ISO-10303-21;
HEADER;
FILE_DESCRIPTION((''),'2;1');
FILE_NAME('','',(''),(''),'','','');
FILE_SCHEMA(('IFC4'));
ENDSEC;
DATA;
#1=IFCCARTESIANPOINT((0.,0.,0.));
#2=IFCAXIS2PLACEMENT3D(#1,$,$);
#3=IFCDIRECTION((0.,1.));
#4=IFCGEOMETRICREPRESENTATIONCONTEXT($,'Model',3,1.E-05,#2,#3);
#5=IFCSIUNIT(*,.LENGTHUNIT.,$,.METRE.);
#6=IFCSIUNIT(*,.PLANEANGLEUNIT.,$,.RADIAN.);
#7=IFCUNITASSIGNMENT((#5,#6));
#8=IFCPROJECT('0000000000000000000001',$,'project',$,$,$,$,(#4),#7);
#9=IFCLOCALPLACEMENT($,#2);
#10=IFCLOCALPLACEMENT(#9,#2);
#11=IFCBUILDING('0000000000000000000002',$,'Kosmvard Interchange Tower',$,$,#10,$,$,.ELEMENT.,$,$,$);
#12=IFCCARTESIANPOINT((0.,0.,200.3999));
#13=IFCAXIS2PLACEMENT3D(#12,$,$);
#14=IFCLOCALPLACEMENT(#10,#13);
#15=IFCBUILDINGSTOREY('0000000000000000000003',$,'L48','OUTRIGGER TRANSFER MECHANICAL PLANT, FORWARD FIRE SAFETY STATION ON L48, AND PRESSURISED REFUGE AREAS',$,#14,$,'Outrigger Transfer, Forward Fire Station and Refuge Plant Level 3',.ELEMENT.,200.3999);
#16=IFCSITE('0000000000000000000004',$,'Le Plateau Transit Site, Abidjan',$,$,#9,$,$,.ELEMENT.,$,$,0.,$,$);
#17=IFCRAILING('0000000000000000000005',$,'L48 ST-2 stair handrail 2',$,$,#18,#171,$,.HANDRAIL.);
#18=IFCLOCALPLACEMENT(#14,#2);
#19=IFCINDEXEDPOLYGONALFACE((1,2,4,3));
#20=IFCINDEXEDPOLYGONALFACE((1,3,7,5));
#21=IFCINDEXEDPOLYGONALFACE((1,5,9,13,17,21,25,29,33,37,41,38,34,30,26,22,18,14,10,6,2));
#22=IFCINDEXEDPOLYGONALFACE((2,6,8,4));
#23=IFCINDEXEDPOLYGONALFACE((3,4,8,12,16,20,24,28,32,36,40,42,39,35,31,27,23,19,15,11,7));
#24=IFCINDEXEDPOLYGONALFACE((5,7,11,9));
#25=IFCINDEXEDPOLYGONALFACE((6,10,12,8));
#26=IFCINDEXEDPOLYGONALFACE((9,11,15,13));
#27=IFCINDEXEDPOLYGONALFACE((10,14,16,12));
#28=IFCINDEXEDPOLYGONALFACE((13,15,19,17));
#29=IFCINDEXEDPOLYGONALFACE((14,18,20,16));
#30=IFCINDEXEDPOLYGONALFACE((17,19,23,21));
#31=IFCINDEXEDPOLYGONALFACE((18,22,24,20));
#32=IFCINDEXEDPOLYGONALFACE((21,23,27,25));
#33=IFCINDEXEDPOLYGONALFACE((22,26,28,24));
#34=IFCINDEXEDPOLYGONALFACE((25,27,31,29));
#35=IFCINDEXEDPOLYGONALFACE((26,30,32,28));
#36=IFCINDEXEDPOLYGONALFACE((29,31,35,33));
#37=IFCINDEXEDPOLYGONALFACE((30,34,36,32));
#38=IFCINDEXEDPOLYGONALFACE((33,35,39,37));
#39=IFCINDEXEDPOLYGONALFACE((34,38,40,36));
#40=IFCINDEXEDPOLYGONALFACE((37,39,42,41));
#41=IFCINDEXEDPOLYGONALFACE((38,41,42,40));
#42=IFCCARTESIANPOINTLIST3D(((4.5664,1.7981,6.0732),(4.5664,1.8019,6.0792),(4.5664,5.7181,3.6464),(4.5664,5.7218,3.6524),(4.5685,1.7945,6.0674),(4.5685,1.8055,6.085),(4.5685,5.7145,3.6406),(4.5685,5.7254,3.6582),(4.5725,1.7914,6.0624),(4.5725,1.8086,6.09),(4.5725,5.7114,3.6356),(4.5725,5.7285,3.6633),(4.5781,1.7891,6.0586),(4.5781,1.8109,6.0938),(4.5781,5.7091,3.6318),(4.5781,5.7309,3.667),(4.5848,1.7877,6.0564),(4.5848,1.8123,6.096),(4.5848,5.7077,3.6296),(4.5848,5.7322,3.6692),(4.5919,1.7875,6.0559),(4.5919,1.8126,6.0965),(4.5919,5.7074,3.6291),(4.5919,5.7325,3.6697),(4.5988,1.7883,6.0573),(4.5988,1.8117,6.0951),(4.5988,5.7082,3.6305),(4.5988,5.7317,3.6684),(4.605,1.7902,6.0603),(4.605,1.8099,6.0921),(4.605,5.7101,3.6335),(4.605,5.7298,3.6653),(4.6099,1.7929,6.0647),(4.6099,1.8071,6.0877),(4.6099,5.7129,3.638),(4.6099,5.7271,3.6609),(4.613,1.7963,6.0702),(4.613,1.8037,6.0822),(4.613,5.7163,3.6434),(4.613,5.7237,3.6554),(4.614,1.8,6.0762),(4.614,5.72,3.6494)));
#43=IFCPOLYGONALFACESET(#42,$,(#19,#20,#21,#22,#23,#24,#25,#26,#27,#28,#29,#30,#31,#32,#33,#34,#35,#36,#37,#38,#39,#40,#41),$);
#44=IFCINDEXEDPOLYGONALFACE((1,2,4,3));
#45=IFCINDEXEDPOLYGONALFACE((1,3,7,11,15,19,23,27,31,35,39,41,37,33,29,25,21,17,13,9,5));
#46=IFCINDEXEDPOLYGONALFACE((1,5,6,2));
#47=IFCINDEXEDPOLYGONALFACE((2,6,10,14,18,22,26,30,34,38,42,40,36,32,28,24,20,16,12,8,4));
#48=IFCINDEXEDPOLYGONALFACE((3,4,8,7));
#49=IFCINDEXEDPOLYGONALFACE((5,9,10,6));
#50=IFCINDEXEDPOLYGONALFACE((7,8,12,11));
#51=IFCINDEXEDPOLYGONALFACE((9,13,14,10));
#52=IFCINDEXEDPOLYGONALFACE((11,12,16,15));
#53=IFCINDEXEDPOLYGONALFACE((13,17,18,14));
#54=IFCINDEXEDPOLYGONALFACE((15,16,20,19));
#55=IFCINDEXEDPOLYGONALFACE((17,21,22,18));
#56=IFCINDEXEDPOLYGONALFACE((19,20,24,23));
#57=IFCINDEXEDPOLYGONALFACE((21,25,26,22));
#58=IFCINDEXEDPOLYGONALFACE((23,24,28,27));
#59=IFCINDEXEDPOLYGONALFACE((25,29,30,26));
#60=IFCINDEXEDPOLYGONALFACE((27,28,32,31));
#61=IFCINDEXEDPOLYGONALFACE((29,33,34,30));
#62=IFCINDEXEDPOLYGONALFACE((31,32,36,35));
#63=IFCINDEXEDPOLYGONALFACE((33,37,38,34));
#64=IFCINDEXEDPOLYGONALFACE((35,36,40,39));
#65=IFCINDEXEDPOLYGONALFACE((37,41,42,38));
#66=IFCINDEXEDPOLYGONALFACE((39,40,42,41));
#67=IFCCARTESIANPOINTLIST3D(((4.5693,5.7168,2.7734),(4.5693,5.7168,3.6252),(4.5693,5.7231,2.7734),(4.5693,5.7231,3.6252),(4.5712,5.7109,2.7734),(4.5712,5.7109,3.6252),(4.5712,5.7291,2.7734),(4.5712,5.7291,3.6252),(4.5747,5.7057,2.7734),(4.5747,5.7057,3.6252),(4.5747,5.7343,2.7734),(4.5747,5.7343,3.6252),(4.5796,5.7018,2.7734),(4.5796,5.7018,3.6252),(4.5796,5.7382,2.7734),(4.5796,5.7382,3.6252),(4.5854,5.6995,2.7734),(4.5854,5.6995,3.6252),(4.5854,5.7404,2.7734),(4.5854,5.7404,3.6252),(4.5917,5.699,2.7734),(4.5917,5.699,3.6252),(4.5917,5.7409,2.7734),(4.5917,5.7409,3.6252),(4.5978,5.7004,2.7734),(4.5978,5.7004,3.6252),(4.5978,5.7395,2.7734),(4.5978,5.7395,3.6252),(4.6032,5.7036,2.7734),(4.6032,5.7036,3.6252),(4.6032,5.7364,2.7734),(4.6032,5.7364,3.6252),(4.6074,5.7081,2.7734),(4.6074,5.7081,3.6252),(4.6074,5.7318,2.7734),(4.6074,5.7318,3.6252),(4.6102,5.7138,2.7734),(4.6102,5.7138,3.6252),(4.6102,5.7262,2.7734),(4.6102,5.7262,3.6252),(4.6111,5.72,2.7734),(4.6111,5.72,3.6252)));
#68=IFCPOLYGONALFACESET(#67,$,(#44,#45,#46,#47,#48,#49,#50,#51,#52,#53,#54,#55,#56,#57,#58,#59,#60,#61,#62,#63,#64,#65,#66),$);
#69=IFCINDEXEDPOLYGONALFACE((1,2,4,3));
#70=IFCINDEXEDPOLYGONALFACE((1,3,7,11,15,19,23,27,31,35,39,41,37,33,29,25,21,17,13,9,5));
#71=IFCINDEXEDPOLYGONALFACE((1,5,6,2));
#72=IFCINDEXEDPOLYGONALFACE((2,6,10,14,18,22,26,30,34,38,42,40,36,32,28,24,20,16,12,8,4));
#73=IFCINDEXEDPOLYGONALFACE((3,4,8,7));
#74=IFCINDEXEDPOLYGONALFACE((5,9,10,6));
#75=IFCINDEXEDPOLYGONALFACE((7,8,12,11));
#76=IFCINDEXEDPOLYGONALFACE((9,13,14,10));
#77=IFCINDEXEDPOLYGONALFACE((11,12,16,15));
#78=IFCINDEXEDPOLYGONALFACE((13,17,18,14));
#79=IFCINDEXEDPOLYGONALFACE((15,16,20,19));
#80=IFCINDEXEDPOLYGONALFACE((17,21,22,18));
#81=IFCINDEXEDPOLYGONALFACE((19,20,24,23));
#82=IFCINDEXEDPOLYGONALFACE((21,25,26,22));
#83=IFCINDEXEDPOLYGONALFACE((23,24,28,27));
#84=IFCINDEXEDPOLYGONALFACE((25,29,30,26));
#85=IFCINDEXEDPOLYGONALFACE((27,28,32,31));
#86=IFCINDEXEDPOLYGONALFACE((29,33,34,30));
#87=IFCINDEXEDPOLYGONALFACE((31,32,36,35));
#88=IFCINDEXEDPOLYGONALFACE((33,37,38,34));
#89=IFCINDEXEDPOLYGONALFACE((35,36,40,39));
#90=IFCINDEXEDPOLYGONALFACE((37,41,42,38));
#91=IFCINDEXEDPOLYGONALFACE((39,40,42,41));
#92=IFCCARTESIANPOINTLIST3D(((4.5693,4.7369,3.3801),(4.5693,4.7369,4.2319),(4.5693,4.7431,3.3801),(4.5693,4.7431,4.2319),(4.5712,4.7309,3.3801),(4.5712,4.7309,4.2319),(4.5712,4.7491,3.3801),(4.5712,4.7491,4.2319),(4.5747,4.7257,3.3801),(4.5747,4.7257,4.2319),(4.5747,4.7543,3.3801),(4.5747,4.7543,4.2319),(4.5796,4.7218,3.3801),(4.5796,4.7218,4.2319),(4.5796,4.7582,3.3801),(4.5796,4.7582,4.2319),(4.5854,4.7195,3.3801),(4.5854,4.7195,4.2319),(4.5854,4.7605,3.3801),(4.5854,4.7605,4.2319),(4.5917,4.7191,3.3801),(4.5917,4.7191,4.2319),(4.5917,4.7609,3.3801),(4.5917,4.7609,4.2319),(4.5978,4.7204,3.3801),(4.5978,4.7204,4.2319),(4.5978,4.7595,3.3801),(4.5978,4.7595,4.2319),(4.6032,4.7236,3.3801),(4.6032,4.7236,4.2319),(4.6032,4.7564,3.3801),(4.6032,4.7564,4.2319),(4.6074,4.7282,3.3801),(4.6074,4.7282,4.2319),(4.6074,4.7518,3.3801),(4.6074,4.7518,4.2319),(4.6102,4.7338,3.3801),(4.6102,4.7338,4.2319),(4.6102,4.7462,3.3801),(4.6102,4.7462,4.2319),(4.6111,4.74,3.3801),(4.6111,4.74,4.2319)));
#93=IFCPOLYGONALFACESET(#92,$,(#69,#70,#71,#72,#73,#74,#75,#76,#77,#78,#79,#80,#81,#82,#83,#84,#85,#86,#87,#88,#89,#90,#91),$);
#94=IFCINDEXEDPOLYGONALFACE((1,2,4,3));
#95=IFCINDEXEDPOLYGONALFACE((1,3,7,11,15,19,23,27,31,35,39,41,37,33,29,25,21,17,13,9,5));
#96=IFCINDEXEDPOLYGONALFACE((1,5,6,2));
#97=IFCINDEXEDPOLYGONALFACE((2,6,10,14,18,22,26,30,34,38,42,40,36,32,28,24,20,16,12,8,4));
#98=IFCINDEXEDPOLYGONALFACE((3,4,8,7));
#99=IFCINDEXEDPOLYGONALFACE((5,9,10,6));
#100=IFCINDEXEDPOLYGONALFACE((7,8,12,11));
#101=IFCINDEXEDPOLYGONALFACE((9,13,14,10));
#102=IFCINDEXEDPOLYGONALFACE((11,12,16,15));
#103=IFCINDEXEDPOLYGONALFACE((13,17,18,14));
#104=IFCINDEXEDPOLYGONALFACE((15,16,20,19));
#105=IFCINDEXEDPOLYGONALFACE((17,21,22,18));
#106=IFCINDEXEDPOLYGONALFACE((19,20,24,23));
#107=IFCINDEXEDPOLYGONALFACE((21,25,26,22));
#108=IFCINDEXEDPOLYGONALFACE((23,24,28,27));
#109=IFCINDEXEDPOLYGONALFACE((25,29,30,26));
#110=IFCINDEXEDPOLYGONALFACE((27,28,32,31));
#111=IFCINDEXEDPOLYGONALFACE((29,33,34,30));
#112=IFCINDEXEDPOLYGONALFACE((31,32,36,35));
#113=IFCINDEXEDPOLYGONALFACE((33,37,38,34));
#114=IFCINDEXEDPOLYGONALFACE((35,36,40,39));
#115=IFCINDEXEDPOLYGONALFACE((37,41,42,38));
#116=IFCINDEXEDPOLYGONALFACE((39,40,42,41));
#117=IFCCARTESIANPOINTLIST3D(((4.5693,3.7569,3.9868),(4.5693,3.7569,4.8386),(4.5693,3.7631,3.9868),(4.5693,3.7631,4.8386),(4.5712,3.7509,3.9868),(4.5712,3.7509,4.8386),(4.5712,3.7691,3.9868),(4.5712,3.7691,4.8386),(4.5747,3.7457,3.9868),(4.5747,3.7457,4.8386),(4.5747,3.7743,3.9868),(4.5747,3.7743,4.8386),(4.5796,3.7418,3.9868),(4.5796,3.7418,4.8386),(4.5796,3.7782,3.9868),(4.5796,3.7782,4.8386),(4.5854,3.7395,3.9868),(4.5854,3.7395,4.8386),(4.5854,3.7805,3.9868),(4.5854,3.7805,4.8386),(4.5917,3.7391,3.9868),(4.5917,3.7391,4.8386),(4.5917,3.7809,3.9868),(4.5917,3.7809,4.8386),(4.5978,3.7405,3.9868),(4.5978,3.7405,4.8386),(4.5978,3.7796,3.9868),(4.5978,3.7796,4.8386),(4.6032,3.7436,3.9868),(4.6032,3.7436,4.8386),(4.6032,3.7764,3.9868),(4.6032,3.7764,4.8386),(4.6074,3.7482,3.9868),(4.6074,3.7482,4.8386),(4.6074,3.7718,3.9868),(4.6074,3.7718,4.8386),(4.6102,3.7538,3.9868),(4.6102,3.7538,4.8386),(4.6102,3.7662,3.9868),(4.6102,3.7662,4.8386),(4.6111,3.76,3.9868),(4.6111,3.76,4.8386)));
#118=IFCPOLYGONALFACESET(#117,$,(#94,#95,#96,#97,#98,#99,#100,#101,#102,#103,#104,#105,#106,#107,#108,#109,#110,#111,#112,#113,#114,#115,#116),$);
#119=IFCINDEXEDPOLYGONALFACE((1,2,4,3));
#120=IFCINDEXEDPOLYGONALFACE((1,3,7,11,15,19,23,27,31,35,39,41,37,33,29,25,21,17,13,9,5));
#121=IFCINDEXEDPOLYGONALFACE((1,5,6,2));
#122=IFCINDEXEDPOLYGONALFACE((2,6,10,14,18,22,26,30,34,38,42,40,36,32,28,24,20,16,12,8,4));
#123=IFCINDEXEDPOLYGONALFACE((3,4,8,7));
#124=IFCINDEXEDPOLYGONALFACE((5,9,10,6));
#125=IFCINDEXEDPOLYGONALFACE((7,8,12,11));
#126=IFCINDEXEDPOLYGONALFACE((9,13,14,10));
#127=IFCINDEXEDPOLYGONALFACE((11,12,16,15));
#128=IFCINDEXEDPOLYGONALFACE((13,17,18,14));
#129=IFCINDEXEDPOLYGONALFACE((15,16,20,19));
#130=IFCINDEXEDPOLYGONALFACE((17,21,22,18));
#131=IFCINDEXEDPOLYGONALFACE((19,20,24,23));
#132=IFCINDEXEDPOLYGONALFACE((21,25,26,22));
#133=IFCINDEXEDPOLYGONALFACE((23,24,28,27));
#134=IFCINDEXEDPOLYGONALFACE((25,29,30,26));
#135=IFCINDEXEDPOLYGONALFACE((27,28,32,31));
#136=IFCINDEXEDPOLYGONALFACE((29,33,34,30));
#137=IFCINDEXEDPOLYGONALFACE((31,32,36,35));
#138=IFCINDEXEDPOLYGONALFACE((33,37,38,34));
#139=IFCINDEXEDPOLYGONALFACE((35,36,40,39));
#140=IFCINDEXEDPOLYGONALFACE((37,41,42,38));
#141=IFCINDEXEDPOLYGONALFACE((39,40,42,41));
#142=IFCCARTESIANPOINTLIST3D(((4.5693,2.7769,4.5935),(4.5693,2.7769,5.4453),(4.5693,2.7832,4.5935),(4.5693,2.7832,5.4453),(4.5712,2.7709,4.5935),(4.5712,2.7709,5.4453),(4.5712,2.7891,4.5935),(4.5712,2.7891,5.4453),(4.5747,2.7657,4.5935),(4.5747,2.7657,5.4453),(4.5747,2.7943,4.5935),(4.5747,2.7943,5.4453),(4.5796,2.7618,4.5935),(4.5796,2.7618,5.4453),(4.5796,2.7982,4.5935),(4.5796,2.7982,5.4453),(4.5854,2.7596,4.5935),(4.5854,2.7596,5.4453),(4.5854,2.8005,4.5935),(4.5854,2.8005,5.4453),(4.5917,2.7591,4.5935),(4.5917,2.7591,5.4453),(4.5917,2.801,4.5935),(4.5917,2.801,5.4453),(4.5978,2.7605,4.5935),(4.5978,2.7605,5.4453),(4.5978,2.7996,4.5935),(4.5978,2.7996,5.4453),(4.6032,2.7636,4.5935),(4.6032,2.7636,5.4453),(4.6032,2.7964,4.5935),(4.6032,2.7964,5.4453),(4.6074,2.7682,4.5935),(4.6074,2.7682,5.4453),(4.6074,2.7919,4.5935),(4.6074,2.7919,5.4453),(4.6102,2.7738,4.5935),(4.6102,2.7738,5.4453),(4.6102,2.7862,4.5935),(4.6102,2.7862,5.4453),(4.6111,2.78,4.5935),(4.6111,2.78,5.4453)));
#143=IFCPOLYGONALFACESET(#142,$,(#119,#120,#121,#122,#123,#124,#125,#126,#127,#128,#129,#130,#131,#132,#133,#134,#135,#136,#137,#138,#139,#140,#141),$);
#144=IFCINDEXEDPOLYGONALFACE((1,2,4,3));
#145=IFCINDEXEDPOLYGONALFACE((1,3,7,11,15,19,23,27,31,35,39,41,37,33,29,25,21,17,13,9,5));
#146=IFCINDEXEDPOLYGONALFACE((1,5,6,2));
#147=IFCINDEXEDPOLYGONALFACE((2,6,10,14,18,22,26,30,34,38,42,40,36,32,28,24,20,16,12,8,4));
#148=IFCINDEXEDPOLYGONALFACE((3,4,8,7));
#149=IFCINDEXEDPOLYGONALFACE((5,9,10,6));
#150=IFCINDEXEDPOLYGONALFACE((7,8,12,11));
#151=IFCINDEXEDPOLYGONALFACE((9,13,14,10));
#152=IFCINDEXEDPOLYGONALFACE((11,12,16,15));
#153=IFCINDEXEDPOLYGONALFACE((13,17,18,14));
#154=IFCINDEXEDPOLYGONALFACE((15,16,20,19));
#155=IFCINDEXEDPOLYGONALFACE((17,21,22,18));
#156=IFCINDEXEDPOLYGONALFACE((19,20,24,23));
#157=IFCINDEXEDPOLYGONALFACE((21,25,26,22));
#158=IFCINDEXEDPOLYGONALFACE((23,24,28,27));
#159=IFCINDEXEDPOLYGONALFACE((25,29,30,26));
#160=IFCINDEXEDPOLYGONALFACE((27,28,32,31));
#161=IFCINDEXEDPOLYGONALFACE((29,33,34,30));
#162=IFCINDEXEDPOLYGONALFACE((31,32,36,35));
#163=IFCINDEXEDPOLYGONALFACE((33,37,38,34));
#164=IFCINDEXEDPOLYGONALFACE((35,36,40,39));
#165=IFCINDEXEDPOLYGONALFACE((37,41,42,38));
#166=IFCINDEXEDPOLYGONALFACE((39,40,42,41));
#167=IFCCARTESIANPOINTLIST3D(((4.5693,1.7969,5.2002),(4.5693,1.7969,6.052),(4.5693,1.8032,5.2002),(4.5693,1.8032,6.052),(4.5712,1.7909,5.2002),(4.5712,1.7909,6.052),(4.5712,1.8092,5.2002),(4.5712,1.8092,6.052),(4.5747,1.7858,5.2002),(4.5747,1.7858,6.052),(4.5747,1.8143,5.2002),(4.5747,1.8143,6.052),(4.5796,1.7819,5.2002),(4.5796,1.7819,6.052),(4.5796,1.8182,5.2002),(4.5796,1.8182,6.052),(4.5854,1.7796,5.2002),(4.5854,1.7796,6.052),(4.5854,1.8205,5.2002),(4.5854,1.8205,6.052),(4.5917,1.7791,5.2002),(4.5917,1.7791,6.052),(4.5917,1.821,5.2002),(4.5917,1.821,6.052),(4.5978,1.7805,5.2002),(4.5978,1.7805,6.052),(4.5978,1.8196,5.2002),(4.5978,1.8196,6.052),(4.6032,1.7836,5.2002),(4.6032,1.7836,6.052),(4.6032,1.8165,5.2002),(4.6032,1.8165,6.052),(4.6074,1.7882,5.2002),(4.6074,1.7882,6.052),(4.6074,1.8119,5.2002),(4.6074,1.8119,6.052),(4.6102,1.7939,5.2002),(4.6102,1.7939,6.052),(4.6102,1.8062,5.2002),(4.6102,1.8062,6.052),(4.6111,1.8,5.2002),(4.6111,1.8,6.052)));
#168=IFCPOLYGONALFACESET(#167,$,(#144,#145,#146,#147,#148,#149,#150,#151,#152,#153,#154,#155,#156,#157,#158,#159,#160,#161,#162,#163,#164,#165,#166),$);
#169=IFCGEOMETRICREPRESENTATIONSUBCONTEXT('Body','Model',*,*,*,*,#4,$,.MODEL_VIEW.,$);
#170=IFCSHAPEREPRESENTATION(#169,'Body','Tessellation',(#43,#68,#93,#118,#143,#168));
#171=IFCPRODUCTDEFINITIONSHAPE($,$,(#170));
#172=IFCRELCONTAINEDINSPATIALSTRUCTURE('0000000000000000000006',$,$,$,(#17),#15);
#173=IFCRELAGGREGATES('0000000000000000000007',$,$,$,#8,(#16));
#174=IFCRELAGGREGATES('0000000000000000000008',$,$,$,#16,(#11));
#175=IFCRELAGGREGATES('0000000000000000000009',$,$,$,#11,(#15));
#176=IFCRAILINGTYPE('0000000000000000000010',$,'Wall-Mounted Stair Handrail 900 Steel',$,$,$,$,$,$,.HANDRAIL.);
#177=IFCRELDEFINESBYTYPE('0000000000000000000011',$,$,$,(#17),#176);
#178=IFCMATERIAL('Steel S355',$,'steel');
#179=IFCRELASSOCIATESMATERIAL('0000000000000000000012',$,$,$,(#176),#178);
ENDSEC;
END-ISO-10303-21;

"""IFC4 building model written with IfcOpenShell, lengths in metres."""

from ifc_helpers import new_model, si_unit, direction, frame, origin, origin_2d, place, context, subcontext, project, spatial, circle, extrude, source, transform, mapped, material, type_object, element, save


model = new_model("IFC4")

# Units and contexts
model_context = context("Model", 3, precision=1e-05, world=origin(), true_north=direction((0.0, 1.0)))
body_context = subcontext(model_context, "Body", "Model", "MODEL_VIEW")
ifc_project = project(units=[si_unit("LENGTHUNIT", "METRE"), si_unit("PLANEANGLEUNIT", "RADIAN")], contexts=[model_context])

# Site, building, storey
site_placement = place(None, origin())
site = spatial("IfcSite", under=ifc_project, at=site_placement, Name="Le Plateau Transit Site, Abidjan", CompositionType="ELEMENT", RefElevation=0.0)
building_placement = place(site_placement, origin())
building = spatial("IfcBuilding", under=site, at=building_placement, Name="Kosmvard Interchange Tower", CompositionType="ELEMENT")
storey_placement = place(building_placement, frame((0.0, 0.0, 200.3999)))
storey = spatial("IfcBuildingStorey", under=building, at=storey_placement, Name="L48", Description="OUTRIGGER TRANSFER MECHANICAL PLANT, FORWARD FIRE SAFETY STATION ON L48, AND PRESSURISED REFUGE AREAS", LongName="Outrigger Transfer, Forward Fire Station and Refuge Plant Level 3", CompositionType="ELEMENT", Elevation=200.3999)

# Railing
ifc_material_1 = material(Name="Steel S355", Category="steel")
railing_type_1 = type_object("IfcRailingType", Name="Wall-Mounted Stair Handrail 900 Steel", PredefinedType="HANDRAIL", material=ifc_material_1)
shared_shape_1 = source(origin(), body_context, "Body", "SweptSolid", [
    extrude(circle(Radius=0.0239, at=origin_2d()), frame((0.0, 0.0, 0.876), z_axis=(0.0, -0.850252, 0.526376), x_axis=(1.0, 0.0, 0.0)), (0.0, 0.0, 1.0), 4.6104),
    extrude(circle(Radius=0.021, at=origin_2d()), origin(), (0.0, 0.0, 1.0), 0.8518),
    extrude(circle(Radius=0.021, at=origin_2d()), frame((0.0, -0.98, 0.6067)), (0.0, 0.0, 1.0), 0.8518),
    extrude(circle(Radius=0.021, at=origin_2d()), frame((0.0, -1.96, 1.2134)), (0.0, 0.0, 1.0), 0.8518),
    extrude(circle(Radius=0.021, at=origin_2d()), frame((0.0, -2.9399, 1.8201)), (0.0, 0.0, 1.0), 0.8518),
    extrude(circle(Radius=0.021, at=origin_2d()), frame((0.0, -3.9199, 2.4268)), (0.0, 0.0, 1.0), 0.8518),
])
railing_1_placement = place(storey_placement, frame((4.5901, 5.72, 2.7734)))
element("IfcRailing", 1, at=railing_1_placement, inside=storey, type_object=railing_type_1, Name="L48 ST-2 stair handrail 2", PredefinedType="HANDRAIL", context=body_context, shape_type="MappedRepresentation", body=[
    mapped(shared_shape_1, transform((0.0, 0.0, 0.0), scale=1.0)),
])

save(model, "model.ifc")
